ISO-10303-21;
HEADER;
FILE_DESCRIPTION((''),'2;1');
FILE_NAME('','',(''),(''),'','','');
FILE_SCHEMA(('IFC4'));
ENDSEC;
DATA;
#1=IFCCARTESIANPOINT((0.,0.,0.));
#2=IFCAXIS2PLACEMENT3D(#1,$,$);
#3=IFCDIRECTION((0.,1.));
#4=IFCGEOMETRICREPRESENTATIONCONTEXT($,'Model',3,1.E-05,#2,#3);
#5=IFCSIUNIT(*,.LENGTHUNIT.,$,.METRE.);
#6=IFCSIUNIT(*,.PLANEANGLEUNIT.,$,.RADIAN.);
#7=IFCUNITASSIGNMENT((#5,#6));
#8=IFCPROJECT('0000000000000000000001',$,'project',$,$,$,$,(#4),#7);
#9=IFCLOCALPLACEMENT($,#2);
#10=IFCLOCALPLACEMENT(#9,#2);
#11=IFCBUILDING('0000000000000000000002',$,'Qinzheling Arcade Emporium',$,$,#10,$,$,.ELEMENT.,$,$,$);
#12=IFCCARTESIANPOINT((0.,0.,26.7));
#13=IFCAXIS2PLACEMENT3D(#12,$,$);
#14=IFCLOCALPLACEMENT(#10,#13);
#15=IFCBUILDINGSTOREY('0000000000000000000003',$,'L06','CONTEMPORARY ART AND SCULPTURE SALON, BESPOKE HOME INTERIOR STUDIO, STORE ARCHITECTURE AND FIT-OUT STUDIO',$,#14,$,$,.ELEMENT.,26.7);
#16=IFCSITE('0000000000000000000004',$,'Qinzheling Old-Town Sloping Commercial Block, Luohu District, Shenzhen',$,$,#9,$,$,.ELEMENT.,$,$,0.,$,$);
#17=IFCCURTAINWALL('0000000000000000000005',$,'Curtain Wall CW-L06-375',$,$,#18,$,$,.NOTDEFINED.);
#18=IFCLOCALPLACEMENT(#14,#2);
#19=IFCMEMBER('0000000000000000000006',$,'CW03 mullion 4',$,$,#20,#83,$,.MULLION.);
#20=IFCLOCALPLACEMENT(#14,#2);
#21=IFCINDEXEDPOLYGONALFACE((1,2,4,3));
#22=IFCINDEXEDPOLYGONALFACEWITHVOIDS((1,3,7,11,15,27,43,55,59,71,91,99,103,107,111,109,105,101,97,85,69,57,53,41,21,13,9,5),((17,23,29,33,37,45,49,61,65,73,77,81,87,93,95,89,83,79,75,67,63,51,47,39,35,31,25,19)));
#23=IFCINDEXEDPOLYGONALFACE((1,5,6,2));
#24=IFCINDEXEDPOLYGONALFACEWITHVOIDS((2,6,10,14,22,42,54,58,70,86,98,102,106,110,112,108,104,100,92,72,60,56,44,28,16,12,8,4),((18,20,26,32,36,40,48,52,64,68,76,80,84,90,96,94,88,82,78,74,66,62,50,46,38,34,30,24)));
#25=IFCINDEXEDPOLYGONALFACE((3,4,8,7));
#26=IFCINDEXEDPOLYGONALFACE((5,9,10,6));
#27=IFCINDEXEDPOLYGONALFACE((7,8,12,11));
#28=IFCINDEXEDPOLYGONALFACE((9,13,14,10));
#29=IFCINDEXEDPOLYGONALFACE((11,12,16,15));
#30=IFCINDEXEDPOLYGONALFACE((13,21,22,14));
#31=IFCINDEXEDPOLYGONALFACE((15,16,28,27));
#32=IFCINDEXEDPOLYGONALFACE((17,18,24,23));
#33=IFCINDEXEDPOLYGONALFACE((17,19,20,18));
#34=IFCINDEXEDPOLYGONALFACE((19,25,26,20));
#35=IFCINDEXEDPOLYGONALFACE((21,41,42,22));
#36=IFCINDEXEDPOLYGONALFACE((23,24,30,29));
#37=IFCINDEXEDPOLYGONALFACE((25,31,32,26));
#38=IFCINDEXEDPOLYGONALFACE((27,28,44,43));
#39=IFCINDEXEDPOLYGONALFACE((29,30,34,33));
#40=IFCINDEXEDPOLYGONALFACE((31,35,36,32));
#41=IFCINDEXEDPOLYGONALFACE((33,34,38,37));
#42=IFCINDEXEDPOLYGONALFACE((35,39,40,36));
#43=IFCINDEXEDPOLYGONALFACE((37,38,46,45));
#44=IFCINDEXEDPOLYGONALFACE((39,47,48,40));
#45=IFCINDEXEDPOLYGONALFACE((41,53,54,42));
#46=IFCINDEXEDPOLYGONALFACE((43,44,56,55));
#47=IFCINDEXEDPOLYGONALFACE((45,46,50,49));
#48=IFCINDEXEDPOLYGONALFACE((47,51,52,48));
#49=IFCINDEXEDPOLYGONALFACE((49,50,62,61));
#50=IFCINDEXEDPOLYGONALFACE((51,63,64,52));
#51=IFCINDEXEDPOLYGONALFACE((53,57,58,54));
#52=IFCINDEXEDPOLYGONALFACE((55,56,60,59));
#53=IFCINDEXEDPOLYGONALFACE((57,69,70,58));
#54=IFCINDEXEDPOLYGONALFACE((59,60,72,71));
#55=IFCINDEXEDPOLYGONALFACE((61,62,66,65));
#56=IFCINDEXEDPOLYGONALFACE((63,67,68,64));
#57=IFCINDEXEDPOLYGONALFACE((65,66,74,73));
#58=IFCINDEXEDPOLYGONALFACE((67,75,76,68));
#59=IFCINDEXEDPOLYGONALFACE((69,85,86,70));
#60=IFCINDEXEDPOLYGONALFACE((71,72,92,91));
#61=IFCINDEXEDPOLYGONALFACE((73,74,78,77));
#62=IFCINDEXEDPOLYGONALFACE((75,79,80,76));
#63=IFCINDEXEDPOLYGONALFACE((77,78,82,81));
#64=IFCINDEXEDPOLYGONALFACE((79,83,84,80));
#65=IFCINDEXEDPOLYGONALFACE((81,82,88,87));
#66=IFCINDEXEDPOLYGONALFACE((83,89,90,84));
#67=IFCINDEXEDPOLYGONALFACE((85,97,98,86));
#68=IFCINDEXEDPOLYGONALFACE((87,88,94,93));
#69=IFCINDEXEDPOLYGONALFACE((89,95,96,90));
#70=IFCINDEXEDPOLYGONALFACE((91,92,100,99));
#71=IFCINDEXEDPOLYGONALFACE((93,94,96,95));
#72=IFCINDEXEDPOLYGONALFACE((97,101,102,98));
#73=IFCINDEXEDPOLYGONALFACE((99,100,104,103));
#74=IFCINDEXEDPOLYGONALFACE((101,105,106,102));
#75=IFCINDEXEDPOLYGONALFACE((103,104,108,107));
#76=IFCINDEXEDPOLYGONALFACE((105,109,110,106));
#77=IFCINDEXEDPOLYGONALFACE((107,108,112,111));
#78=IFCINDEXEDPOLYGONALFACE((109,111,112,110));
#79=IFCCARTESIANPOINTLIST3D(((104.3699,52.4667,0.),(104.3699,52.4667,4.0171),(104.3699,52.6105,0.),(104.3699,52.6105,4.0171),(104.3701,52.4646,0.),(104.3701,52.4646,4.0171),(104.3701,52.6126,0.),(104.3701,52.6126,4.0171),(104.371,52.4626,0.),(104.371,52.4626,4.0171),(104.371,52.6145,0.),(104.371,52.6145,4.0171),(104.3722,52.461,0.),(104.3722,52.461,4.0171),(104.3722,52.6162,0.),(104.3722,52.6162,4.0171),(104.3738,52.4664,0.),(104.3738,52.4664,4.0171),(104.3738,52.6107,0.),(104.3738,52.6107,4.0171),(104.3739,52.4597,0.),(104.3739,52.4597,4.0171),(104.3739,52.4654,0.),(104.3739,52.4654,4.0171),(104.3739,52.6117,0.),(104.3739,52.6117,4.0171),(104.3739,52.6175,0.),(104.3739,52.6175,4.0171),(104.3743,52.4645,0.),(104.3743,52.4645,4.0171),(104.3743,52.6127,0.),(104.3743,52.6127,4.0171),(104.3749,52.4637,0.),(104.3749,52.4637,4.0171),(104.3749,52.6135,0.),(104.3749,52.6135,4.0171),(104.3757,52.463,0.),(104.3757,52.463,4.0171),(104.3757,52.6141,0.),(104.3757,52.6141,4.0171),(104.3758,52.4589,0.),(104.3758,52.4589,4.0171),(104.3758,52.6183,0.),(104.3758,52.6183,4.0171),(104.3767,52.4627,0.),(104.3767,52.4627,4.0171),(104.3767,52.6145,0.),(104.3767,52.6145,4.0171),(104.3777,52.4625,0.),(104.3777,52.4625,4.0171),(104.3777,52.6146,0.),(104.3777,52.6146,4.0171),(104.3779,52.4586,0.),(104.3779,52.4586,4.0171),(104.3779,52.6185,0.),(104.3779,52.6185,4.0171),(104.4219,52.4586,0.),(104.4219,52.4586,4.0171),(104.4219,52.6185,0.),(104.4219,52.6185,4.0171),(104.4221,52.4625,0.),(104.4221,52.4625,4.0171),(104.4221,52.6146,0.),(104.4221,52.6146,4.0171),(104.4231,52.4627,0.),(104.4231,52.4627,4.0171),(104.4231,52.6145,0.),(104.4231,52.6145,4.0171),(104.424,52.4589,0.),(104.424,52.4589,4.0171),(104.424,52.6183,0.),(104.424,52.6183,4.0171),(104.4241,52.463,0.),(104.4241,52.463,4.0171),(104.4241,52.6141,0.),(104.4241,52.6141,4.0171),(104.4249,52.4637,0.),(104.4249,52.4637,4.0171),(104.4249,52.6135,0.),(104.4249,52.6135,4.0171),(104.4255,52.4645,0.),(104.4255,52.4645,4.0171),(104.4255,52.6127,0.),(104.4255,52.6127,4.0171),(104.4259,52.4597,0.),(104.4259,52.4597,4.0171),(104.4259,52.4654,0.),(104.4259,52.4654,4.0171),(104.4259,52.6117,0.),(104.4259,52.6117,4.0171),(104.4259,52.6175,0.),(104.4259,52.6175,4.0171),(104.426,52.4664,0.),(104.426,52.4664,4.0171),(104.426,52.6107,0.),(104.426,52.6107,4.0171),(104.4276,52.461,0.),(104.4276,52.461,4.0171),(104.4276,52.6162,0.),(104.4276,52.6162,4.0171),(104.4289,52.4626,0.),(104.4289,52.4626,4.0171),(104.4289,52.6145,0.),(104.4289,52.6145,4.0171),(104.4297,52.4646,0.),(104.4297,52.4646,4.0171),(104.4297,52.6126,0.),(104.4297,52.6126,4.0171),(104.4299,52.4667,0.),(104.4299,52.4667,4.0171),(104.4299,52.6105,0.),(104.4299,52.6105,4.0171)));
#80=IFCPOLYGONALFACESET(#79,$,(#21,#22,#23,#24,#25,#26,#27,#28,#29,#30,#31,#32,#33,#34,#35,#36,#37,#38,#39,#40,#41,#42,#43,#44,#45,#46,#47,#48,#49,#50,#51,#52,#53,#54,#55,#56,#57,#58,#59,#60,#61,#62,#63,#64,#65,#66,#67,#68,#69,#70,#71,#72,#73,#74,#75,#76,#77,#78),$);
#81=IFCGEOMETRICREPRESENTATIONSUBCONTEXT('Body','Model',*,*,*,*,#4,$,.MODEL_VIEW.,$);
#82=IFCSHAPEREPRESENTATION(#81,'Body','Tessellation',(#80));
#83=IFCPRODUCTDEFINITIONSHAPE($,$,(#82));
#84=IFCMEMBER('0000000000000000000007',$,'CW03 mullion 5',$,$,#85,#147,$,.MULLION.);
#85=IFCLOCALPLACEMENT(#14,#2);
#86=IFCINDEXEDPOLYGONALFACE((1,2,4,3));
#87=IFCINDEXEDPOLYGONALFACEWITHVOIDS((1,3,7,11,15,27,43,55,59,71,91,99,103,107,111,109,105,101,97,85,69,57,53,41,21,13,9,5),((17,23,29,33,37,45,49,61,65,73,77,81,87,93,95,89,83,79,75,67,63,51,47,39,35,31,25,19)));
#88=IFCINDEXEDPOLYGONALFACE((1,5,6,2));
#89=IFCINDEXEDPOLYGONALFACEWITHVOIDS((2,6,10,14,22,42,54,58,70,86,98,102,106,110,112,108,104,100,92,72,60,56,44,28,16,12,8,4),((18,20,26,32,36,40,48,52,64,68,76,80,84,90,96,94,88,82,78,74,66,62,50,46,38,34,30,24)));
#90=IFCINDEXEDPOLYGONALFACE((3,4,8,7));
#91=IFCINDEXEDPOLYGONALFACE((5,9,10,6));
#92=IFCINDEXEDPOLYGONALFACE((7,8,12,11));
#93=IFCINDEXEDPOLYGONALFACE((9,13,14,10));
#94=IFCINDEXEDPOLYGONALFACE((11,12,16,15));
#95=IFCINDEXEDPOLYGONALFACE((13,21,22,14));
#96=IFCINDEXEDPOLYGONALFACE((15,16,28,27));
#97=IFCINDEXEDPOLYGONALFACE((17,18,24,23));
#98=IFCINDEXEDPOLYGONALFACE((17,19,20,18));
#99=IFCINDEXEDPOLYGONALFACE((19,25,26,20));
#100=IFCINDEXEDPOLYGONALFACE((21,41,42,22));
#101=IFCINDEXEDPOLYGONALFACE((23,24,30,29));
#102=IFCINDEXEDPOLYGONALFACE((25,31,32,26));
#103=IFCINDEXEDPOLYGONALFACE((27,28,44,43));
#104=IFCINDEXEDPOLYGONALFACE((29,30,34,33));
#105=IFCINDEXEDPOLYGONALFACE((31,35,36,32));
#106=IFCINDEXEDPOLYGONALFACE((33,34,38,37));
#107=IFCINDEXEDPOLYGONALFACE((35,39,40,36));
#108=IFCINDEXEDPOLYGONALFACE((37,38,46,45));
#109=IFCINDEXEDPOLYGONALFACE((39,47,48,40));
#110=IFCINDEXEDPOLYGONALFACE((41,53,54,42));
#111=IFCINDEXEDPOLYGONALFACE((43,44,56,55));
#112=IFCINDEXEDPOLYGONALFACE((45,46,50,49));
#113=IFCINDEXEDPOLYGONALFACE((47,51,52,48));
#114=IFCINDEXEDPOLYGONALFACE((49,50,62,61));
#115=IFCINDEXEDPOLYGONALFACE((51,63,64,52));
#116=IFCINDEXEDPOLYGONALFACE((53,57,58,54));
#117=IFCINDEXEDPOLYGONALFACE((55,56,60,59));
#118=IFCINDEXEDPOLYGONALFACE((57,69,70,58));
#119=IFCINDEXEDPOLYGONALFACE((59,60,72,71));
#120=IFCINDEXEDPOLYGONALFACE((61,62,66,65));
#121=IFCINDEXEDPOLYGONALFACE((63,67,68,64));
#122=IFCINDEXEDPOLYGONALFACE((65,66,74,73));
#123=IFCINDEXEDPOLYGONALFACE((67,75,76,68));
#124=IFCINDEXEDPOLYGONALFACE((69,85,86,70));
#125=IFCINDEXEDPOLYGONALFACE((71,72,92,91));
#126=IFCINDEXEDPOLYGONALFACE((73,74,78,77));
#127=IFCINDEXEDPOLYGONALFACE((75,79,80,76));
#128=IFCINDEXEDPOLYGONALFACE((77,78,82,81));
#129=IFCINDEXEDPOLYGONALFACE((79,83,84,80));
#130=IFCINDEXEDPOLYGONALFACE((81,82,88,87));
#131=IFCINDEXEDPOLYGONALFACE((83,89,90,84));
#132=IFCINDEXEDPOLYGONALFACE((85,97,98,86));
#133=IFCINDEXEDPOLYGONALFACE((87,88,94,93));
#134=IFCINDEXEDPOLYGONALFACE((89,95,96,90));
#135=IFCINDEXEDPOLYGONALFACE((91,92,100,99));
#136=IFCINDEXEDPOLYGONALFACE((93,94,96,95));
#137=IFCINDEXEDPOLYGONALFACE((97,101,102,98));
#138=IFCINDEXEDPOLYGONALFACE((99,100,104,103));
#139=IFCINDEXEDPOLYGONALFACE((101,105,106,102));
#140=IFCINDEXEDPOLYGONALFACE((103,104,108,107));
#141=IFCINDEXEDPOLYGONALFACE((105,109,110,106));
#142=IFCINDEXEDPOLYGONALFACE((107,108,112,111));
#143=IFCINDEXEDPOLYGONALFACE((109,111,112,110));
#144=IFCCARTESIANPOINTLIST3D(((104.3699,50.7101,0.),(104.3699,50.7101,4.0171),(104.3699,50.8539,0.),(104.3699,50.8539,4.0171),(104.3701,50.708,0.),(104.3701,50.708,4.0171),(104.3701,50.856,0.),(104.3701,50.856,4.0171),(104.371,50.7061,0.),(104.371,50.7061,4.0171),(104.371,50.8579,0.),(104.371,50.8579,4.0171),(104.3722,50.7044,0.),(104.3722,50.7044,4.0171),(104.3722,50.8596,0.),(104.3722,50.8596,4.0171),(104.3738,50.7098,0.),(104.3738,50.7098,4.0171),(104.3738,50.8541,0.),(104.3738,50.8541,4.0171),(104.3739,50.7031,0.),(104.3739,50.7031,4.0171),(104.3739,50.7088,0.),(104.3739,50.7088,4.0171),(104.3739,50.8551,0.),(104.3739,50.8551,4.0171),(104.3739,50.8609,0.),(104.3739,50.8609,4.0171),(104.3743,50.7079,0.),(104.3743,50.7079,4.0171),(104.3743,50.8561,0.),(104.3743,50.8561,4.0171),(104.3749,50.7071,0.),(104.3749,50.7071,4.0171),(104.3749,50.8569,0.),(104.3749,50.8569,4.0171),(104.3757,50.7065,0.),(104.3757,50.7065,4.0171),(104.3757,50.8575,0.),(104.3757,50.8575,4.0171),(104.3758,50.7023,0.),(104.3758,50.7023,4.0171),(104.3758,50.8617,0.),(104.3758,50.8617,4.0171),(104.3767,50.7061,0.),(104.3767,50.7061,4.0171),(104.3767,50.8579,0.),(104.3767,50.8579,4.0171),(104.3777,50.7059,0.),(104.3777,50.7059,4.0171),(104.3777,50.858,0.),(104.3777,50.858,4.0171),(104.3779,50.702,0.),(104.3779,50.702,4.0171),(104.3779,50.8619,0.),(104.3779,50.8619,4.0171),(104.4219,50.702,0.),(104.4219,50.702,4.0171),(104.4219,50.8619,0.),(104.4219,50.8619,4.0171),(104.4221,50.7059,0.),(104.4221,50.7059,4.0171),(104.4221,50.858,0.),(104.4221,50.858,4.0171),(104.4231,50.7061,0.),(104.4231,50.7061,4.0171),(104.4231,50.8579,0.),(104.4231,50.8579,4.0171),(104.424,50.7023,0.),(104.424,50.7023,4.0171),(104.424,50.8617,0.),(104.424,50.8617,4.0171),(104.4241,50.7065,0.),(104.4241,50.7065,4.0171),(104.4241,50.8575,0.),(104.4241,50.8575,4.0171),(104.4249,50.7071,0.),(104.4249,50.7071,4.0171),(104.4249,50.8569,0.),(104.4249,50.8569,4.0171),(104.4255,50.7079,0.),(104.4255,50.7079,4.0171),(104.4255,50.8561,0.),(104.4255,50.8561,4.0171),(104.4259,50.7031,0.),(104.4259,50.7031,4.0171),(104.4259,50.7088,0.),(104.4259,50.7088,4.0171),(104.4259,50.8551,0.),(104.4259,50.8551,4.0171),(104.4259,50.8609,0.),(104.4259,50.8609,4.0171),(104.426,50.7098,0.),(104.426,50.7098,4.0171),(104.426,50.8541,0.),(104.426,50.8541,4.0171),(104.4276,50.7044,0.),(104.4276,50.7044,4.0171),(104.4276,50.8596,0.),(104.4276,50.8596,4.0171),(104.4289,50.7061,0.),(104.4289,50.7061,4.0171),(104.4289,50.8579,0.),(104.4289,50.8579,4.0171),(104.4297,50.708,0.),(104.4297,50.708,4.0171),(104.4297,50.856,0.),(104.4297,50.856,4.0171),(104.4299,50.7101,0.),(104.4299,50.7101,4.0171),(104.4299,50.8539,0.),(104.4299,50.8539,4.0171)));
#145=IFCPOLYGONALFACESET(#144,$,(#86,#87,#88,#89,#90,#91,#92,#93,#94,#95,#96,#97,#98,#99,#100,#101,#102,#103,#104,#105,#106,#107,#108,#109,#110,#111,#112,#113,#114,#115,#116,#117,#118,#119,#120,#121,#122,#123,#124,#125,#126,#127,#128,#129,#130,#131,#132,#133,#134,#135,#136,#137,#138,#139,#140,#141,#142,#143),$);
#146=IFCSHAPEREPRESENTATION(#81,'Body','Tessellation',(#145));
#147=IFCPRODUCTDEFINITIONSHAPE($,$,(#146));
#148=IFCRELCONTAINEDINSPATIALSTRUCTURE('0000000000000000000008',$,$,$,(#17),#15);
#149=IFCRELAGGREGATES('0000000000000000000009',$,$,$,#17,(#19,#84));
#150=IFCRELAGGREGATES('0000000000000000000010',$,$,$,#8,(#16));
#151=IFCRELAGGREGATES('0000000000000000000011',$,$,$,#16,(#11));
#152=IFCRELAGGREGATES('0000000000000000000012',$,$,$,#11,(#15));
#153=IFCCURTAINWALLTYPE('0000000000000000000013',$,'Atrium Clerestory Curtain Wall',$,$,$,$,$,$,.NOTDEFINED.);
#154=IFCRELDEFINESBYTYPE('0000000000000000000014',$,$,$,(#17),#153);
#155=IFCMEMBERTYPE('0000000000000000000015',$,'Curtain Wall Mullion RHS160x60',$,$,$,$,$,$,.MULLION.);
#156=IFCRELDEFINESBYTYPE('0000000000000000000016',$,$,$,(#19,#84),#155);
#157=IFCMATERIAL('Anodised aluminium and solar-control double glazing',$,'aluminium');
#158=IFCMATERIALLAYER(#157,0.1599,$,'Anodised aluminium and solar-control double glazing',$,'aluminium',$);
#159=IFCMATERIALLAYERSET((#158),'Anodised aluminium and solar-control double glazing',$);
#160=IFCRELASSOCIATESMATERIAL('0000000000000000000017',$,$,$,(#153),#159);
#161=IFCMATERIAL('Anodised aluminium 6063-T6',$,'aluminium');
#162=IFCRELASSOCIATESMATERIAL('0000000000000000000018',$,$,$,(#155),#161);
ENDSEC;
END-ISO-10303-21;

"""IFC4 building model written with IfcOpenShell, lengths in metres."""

from ifc_helpers import new_model, si_unit, direction, frame, origin, origin_2d, place, context, subcontext, project, spatial, hollow_rectangle, extrude, material, layer, layer_set, material_profile, profile_set, type_object, element, aggregate, save


model = new_model("IFC4")

# Units and contexts
model_context = context("Model", 3, precision=1e-05, world=origin(), true_north=direction((0.0, 1.0)))
body_context = subcontext(model_context, "Body", "Model", "MODEL_VIEW")
ifc_project = project(units=[si_unit("LENGTHUNIT", "METRE"), si_unit("PLANEANGLEUNIT", "RADIAN")], contexts=[model_context])

# Site, building, storey
site_placement = place(None, origin())
site = spatial("IfcSite", under=ifc_project, at=site_placement, Name="Qinzheling Old-Town Sloping Commercial Block, Luohu District, Shenzhen", CompositionType="ELEMENT", RefElevation=0.0)
building_placement = place(site_placement, origin())
building = spatial("IfcBuilding", under=site, at=building_placement, Name="Qinzheling Arcade Emporium", CompositionType="ELEMENT")
storey_placement = place(building_placement, frame((0.0, 0.0, 26.7)))
storey = spatial("IfcBuildingStorey", under=building, at=storey_placement, Name="L06", Description="CONTEMPORARY ART AND SCULPTURE SALON, BESPOKE HOME INTERIOR STUDIO, STORE ARCHITECTURE AND FIT-OUT STUDIO", CompositionType="ELEMENT", Elevation=26.7)

# Curtain wall, members
ifc_material_1 = material(Name="Anodised aluminium and solar-control double glazing", Category="aluminium")
ifc_layer_1 = layer(ifc_material_1, 0.1599, Name="Anodised aluminium and solar-control double glazing", Category="aluminium")
ifc_layer_set_1 = layer_set([ifc_layer_1], Name="Anodised aluminium and solar-control double glazing")
curtain_wall_type = type_object("IfcCurtainWallType", Name="Atrium Clerestory Curtain Wall", PredefinedType="NOTDEFINED", material=ifc_layer_set_1)
curtain_wall_placement = place(storey_placement, origin())
curtain_wall = element("IfcCurtainWall", 1, at=curtain_wall_placement, inside=storey, type_object=curtain_wall_type, Name="Curtain Wall CW-L06-375", PredefinedType="NOTDEFINED")
ifc_material_2 = material(Name="Anodised aluminium 6063-T6", Category="aluminium")
ifc_material_profile_1 = material_profile(ifc_material_2, hollow_rectangle(XDim=0.0601, YDim=0.1599, WallThickness=0.0039, InnerFilletRadius=0.0039, OuterFilletRadius=0.0081, at=origin_2d()), Name="RHS 160x60x4", Category="aluminium")
ifc_profile_set_1 = profile_set([ifc_material_profile_1], Name="Anodised aluminium 6063-T6")
member_type_1 = type_object("IfcMemberType", Name="Curtain Wall Mullion RHS160x60", PredefinedType="MULLION", material=ifc_profile_set_1)
member_1_placement = place(storey_placement, frame((104.3999, 52.5386, 0.0), z_axis=(0.0, 0.0, 1.0), x_axis=(1.0, 0.0, 0.0)))
member_1 = element("IfcMember", 2, at=member_1_placement, type_object=member_type_1, Name="CW03 mullion 4", PredefinedType="MULLION", context=body_context, shape_type="SweptSolid", body=[
    extrude(hollow_rectangle(XDim=0.0601, YDim=0.1599, WallThickness=0.0039, InnerFilletRadius=0.0039, OuterFilletRadius=0.0081, at=origin_2d()), origin(), (0.0, 0.0, 1.0), 4.0171),
])
member_2_placement = place(storey_placement, frame((104.3999, 50.782, 0.0), z_axis=(0.0, 0.0, 1.0), x_axis=(1.0, 0.0, 0.0)))
member_2 = element("IfcMember", 3, at=member_2_placement, type_object=member_type_1, Name="CW03 mullion 5", PredefinedType="MULLION", context=body_context, shape_type="SweptSolid", body=[
    extrude(hollow_rectangle(XDim=0.0601, YDim=0.1599, WallThickness=0.0039, InnerFilletRadius=0.0039, OuterFilletRadius=0.0081, at=origin_2d()), origin(), (0.0, 0.0, 1.0), 4.0171),
])
aggregate(curtain_wall, [member_1, member_2])

save(model, "model.ifc")
